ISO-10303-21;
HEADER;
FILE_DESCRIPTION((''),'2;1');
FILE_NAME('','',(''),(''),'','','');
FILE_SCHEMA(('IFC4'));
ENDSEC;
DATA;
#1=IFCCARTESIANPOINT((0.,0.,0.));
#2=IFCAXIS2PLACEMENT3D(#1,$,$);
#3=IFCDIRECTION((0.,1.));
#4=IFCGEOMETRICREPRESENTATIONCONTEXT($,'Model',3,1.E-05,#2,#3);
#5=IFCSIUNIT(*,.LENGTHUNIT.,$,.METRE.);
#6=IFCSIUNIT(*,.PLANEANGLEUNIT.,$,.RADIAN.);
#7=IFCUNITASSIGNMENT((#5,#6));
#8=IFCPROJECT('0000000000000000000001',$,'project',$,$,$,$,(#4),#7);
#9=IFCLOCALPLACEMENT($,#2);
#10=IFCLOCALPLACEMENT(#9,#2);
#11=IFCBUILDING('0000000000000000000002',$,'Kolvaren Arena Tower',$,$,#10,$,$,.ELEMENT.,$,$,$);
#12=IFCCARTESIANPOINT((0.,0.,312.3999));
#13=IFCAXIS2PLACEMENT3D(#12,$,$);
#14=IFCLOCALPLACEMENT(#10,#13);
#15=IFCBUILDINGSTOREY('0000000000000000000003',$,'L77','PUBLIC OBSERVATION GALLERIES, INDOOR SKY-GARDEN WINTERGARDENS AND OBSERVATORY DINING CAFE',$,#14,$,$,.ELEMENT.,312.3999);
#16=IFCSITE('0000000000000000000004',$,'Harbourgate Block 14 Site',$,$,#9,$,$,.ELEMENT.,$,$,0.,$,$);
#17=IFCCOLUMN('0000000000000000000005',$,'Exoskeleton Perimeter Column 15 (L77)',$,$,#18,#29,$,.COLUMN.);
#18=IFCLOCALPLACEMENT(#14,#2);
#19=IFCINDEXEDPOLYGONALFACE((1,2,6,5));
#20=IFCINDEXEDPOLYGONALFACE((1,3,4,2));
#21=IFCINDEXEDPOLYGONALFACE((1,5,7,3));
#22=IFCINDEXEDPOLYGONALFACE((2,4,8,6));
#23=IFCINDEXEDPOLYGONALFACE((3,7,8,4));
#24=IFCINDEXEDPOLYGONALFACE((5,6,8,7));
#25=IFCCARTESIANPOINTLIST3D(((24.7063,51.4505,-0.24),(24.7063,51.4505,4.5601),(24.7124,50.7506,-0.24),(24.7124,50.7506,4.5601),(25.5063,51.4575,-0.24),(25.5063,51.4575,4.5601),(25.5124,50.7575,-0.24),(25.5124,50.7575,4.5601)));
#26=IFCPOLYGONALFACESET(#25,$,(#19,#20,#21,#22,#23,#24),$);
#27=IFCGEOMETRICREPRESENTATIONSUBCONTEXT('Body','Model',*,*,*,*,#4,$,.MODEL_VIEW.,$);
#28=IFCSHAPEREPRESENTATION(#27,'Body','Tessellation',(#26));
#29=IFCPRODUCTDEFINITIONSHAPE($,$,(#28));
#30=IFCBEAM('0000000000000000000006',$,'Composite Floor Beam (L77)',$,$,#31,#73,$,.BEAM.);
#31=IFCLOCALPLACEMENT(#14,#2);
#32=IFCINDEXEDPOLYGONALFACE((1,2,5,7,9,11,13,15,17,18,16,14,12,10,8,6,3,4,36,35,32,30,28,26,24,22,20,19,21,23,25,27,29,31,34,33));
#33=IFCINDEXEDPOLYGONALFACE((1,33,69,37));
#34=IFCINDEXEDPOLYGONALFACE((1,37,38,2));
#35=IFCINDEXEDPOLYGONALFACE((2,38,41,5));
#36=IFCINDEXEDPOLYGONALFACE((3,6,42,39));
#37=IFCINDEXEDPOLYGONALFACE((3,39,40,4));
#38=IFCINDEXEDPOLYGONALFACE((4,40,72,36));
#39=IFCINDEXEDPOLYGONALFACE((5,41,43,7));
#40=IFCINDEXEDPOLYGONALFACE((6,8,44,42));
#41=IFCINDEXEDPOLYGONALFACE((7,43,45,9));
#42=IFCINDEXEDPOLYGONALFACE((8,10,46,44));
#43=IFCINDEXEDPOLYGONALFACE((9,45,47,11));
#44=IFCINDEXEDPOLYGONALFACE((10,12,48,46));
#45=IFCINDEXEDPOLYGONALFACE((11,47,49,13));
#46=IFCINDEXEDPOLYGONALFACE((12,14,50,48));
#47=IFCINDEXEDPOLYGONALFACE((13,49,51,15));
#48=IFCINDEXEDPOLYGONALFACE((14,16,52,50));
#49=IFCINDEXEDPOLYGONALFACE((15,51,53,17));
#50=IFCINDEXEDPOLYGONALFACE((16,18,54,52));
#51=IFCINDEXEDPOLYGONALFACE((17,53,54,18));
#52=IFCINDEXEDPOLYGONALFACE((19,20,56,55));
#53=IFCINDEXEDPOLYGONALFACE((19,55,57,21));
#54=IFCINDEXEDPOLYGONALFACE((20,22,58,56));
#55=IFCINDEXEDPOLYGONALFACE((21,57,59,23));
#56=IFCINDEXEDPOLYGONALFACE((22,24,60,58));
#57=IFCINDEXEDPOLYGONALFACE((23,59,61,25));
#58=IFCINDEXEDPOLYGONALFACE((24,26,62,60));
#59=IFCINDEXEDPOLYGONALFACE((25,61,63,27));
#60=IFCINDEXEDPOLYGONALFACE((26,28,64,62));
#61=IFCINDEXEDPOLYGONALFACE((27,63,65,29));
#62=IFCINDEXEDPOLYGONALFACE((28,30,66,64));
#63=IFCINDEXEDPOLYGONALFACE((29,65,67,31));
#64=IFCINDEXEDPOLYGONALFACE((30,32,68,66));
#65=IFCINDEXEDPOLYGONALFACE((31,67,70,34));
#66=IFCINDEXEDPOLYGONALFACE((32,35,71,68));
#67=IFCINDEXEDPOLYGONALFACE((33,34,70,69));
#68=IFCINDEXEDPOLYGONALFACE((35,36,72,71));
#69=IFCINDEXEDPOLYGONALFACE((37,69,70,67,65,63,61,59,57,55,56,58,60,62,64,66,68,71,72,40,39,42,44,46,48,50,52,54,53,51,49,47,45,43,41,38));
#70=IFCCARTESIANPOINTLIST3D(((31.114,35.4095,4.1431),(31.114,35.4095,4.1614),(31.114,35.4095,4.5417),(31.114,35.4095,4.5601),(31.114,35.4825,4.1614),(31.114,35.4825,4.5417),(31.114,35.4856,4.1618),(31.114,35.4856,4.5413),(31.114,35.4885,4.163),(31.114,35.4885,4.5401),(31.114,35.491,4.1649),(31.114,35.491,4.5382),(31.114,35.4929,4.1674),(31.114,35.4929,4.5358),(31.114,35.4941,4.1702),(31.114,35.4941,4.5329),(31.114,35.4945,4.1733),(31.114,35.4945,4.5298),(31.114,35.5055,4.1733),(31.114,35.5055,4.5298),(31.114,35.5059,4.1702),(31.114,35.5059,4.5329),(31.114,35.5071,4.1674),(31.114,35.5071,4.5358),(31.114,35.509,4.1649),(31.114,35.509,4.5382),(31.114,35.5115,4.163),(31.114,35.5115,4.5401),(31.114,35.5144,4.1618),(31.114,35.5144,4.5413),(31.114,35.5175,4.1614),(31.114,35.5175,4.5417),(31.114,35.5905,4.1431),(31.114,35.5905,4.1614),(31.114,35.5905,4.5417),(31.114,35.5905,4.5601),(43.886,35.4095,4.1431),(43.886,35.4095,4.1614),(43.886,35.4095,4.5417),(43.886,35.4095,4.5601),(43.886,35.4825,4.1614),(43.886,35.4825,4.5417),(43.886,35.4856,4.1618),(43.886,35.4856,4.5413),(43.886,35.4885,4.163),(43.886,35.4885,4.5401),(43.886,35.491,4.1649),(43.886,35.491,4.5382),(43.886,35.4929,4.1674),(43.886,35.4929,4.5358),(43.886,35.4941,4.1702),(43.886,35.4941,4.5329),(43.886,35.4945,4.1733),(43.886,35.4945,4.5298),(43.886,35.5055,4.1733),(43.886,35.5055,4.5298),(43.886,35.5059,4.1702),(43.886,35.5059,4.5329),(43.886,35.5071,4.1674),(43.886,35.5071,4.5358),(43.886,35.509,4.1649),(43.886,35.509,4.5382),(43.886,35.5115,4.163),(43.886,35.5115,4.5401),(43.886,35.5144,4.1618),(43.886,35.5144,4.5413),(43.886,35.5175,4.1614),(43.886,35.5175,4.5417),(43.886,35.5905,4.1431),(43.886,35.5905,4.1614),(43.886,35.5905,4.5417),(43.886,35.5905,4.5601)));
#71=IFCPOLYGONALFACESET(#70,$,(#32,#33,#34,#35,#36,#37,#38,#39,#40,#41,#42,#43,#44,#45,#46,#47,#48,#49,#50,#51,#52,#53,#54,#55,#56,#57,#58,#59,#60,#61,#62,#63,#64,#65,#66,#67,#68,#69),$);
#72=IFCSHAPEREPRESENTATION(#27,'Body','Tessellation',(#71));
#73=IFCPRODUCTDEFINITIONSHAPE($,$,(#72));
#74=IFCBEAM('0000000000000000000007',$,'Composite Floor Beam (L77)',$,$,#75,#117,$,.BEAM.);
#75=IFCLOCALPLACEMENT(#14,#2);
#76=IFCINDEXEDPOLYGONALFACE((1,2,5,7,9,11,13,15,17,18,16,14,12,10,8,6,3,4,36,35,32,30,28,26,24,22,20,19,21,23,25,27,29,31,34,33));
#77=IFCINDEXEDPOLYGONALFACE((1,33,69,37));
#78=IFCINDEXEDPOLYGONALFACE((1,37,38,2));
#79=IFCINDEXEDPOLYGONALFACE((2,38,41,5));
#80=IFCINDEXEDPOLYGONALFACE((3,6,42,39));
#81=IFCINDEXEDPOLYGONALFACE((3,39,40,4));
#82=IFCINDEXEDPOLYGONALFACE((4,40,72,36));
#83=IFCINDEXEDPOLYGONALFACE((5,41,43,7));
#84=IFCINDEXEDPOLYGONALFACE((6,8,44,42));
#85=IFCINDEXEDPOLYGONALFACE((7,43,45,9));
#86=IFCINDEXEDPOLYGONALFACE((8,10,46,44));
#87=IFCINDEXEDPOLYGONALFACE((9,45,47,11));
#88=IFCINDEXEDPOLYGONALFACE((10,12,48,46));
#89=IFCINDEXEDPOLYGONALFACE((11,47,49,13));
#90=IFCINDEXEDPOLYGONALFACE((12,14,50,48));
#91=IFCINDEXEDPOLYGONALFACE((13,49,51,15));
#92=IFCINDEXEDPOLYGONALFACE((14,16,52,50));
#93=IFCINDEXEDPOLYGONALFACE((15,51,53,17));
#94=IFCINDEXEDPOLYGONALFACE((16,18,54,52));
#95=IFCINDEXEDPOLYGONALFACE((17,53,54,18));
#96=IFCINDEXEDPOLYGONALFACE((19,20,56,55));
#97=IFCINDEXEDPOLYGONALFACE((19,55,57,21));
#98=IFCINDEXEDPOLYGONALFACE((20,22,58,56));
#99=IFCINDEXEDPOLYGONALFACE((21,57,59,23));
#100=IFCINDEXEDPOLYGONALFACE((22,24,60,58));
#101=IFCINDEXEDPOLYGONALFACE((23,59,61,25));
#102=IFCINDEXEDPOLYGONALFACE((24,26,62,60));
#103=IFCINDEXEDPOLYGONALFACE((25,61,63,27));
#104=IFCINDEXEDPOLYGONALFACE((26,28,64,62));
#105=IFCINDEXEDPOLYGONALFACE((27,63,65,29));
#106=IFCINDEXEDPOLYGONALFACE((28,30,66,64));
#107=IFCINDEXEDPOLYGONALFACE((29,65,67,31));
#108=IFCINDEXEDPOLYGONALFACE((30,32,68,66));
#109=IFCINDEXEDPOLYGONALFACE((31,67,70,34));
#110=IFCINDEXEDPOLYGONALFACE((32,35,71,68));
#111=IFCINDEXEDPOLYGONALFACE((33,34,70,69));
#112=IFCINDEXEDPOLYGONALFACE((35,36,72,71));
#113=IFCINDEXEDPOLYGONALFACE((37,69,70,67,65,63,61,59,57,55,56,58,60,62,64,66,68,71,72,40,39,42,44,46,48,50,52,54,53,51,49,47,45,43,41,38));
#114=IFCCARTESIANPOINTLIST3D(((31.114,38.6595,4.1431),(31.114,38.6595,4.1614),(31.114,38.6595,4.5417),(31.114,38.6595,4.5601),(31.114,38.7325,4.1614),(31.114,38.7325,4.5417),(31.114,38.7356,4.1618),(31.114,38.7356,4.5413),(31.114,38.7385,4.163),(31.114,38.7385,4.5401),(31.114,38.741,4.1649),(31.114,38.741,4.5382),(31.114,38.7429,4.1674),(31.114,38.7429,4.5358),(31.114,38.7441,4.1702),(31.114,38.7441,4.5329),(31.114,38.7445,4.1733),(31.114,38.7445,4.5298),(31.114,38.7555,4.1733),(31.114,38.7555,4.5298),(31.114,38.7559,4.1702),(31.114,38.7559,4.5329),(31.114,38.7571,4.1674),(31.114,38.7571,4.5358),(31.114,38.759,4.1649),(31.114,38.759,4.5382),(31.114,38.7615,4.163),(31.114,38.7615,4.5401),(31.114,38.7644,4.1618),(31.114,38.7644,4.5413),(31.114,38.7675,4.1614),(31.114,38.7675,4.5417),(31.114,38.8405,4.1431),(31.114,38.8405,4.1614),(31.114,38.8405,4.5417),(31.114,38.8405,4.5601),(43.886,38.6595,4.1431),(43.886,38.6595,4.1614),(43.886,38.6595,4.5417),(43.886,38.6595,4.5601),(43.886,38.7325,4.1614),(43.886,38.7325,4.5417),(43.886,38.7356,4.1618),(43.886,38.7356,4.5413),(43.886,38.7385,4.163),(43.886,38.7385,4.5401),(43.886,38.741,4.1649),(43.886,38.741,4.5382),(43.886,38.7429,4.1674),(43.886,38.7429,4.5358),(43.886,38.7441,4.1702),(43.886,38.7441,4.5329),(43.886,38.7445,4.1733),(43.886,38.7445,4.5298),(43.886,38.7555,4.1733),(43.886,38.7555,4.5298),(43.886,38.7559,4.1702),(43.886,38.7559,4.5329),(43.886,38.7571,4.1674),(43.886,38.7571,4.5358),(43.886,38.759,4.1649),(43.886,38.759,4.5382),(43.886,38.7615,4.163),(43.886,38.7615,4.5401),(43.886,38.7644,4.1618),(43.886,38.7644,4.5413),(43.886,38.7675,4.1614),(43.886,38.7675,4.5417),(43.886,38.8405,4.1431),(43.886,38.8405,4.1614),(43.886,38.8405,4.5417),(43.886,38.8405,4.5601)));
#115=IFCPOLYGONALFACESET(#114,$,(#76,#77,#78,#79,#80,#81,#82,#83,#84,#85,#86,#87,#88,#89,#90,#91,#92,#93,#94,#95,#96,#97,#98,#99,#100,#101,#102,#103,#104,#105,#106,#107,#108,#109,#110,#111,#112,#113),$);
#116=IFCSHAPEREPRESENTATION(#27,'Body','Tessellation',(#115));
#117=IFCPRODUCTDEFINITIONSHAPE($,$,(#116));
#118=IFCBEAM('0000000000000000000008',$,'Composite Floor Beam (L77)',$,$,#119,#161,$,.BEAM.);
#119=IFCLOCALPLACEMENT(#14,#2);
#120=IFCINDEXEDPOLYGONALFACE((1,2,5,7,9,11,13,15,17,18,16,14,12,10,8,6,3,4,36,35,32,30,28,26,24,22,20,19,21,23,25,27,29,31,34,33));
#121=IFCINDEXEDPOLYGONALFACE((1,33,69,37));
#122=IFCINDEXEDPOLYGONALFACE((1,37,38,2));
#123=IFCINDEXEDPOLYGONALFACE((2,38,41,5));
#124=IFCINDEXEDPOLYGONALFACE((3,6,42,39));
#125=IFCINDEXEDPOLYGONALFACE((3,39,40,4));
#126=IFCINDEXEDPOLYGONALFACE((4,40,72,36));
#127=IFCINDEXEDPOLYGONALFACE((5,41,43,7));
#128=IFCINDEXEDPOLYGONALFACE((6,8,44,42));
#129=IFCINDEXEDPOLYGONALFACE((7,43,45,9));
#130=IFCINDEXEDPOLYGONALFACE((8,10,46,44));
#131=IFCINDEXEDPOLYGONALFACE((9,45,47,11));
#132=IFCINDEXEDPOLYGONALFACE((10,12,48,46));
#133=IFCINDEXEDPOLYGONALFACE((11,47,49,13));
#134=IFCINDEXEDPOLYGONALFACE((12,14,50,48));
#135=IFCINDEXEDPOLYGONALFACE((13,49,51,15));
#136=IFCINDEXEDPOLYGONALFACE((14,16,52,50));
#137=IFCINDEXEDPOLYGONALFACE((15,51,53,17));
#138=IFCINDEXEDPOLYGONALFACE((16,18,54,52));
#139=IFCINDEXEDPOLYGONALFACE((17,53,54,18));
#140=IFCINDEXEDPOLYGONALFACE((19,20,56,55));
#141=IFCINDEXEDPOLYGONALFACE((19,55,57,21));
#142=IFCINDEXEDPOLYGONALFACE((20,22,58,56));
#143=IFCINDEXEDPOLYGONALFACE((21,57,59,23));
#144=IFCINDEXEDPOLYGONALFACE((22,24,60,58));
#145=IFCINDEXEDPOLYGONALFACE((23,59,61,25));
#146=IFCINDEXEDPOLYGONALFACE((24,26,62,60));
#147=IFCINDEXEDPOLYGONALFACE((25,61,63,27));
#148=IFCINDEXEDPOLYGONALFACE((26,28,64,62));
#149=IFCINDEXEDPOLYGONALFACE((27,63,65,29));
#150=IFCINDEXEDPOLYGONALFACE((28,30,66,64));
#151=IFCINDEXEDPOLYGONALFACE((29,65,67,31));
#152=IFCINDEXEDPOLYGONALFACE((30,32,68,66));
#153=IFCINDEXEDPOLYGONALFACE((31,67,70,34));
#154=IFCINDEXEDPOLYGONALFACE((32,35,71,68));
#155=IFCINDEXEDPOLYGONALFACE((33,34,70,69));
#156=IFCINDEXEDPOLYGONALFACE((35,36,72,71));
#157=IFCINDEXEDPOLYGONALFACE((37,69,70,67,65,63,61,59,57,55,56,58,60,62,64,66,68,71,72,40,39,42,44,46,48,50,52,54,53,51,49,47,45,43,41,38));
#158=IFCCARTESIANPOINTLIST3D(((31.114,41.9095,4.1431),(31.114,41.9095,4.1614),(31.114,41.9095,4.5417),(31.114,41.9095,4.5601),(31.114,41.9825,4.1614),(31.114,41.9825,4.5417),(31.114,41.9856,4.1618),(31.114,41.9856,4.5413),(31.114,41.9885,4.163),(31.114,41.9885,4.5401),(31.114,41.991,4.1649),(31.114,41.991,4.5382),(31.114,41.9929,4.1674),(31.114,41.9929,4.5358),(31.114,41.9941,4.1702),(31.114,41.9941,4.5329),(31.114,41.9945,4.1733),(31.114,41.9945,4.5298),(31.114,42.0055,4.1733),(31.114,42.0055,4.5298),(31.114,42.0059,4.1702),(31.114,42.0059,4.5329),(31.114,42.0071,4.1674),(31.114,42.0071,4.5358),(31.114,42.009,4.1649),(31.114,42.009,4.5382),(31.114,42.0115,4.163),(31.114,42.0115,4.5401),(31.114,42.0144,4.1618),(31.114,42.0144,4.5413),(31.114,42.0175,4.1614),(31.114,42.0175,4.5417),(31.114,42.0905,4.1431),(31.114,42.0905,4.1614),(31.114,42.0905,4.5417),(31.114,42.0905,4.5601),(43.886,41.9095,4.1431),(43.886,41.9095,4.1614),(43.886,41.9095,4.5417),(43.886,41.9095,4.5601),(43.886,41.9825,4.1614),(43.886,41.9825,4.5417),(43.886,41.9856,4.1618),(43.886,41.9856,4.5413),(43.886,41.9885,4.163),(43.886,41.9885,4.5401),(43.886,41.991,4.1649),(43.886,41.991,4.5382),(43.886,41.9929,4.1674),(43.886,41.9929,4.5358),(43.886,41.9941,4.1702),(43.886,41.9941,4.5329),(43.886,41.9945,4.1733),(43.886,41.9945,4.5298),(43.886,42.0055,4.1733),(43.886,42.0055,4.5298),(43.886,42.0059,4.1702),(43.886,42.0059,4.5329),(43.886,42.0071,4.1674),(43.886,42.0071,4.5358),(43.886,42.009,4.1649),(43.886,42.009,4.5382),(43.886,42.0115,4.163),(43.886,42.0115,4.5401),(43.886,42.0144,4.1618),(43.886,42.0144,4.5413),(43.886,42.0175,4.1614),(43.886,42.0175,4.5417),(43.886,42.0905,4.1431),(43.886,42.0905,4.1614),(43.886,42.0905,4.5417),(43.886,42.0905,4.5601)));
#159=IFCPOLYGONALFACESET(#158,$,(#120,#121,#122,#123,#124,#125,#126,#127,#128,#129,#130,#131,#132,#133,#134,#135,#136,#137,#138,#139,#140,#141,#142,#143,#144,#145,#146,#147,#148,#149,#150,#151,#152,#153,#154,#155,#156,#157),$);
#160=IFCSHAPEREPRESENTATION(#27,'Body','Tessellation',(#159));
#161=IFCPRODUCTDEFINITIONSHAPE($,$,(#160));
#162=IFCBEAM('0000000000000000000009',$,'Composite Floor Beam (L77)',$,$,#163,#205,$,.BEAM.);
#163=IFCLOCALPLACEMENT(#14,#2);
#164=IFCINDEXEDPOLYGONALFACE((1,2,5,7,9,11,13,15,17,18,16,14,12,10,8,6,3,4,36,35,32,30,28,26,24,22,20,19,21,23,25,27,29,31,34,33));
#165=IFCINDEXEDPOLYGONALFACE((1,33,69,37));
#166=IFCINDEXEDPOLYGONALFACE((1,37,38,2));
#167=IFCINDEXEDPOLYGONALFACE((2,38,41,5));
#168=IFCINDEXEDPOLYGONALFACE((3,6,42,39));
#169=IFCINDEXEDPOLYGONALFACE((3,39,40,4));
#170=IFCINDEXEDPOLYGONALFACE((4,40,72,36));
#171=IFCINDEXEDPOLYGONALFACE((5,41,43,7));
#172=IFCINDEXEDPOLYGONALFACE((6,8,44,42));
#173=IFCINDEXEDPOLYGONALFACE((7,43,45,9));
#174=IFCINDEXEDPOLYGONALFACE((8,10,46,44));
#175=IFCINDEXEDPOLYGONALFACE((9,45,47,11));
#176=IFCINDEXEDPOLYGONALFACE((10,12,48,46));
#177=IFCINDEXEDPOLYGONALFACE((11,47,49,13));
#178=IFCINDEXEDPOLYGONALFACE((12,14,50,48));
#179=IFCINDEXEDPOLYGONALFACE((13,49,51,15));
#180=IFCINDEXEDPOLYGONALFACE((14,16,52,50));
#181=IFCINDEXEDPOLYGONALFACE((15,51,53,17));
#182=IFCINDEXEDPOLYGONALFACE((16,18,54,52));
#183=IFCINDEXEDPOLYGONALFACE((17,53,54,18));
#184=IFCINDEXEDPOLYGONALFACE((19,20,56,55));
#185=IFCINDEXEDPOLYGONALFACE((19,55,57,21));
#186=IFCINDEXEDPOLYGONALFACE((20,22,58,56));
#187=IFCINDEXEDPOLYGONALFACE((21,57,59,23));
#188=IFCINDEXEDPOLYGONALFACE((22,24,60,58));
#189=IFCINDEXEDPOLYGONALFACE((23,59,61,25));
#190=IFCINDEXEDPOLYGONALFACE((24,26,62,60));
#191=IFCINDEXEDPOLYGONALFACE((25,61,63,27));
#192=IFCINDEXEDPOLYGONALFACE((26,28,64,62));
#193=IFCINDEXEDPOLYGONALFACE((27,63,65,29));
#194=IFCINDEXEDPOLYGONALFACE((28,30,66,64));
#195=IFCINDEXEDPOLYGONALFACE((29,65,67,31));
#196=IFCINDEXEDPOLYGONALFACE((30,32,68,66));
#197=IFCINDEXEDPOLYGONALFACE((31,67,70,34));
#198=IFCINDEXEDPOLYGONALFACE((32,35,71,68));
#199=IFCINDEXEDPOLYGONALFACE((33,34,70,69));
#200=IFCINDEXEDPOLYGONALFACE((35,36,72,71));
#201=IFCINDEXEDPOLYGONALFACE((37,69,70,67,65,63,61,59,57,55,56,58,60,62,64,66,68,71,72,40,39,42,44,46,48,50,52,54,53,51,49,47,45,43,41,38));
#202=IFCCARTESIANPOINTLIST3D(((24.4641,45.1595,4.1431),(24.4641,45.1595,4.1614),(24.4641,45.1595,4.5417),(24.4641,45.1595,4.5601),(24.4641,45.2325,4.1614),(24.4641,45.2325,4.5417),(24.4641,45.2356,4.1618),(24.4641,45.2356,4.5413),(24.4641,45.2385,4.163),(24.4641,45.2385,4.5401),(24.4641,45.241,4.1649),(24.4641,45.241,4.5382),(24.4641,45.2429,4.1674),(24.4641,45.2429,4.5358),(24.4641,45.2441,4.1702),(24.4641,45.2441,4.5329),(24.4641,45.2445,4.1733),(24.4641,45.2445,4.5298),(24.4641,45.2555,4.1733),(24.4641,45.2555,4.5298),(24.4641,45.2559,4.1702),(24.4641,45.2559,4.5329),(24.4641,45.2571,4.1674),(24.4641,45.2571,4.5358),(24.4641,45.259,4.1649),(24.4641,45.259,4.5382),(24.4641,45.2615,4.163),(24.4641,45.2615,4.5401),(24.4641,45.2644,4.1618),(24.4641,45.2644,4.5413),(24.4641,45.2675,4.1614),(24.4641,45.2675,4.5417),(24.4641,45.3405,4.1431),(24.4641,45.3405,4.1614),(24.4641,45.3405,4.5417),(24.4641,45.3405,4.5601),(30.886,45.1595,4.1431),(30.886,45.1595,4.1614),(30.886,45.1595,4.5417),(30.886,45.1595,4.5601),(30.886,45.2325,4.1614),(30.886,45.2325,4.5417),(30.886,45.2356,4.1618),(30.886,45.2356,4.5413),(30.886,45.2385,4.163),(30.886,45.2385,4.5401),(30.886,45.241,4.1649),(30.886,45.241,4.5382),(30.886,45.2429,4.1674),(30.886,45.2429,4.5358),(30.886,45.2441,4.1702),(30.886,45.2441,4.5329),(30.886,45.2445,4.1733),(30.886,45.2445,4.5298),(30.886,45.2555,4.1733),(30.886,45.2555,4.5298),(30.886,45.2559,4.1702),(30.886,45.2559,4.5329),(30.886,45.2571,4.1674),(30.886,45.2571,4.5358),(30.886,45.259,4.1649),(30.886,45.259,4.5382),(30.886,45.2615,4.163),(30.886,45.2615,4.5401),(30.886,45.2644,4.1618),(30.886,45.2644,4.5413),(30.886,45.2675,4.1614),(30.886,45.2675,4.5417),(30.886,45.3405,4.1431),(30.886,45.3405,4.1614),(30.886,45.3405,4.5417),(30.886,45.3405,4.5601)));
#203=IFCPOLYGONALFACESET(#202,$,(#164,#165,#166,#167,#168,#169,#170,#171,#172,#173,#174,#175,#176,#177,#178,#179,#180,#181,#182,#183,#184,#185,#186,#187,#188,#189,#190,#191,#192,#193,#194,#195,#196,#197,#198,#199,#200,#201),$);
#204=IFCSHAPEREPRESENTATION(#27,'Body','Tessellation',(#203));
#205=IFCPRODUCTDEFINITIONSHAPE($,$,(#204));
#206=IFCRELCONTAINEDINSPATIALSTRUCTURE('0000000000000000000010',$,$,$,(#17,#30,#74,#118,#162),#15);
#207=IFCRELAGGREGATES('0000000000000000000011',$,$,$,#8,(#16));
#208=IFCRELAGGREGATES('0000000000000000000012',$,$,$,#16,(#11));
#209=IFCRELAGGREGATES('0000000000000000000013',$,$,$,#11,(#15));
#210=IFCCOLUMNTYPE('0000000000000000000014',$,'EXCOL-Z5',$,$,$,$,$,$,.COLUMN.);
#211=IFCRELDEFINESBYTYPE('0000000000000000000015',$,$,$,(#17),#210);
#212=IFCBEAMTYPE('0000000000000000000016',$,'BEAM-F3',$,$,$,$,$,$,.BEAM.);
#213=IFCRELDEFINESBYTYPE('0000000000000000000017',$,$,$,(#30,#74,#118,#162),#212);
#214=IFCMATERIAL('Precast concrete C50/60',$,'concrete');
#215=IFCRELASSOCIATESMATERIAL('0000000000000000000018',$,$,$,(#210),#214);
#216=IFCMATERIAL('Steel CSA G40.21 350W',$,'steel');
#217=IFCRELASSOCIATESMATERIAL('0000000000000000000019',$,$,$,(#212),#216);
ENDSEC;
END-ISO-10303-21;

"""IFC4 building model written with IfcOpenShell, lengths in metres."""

from ifc_helpers import new_model, si_unit, direction, frame, origin, origin_2d, place, context, subcontext, project, spatial, rectangle, i_section, extrude, material, material_profile, profile_set, type_object, element, save


model = new_model("IFC4")

# Units and contexts
model_context = context("Model", 3, precision=1e-05, world=origin(), true_north=direction((0.0, 1.0)))
body_context = subcontext(model_context, "Body", "Model", "MODEL_VIEW")
ifc_project = project(units=[si_unit("LENGTHUNIT", "METRE"), si_unit("PLANEANGLEUNIT", "RADIAN")], contexts=[model_context])

# Site, building, storey
site_placement = place(None, origin())
site = spatial("IfcSite", under=ifc_project, at=site_placement, Name="Harbourgate Block 14 Site", CompositionType="ELEMENT", RefElevation=0.0)
building_placement = place(site_placement, origin())
building = spatial("IfcBuilding", under=site, at=building_placement, Name="Kolvaren Arena Tower", CompositionType="ELEMENT")
storey_placement = place(building_placement, frame((0.0, 0.0, 312.3999)))
storey = spatial("IfcBuildingStorey", under=building, at=storey_placement, Name="L77", Description="PUBLIC OBSERVATION GALLERIES, INDOOR SKY-GARDEN WINTERGARDENS AND OBSERVATORY DINING CAFE", CompositionType="ELEMENT", Elevation=312.3999)

# Column
ifc_material_1 = material(Name="Precast concrete C50/60", Category="concrete")
ifc_material_profile_1 = material_profile(ifc_material_1, rectangle(XDim=0.8, YDim=0.7, at=origin_2d()), Name="RC-800x700")
ifc_profile_set_1 = profile_set([ifc_material_profile_1], Name="Precast concrete C50/60")
column_type = type_object("IfcColumnType", Name="EXCOL-Z5", PredefinedType="COLUMN", material=ifc_profile_set_1)
column_placement = place(storey_placement, frame((25.1094, 51.104, -0.24), z_axis=(0.0, 0.0, 1.0), x_axis=(0.999962, 0.008727, 0.0)))
element("IfcColumn", 1, at=column_placement, inside=storey, type_object=column_type, Name="Exoskeleton Perimeter Column 15 (L77)", PredefinedType="COLUMN", context=body_context, shape_type="SweptSolid", body=[
    extrude(rectangle(XDim=0.8, YDim=0.7, at=origin_2d()), origin(), (0.0, 0.0, 1.0), 4.8),
])

# Beams
ifc_material_2 = material(Name="Steel CSA G40.21 350W", Category="steel")
ifc_material_profile_2 = material_profile(ifc_material_2, i_section(OverallWidth=0.1809, OverallDepth=0.417, WebThickness=0.011, FlangeThickness=0.0183, FilletRadius=0.012, at=origin_2d()), Name="W410x85")
ifc_profile_set_2 = profile_set([ifc_material_profile_2], Name="Steel CSA G40.21 350W")
beam_type_1 = type_object("IfcBeamType", Name="BEAM-F3", PredefinedType="BEAM", material=ifc_profile_set_2)
for number, where, z_axis, x_axis, name in (
    (2, (31.114, 35.5, 4.3516), (1.0, 0.0, 0.0), (0.0, 1.0, 0.0), "Composite Floor Beam (L77)"),
    (3, (31.114, 38.75, 4.3516), (1.0, 0.0, 0.0), (0.0, 1.0, 0.0), "Composite Floor Beam (L77)"),
    (4, (31.114, 42.0, 4.3516), (1.0, 0.0, 0.0), (0.0, 1.0, 0.0), "Composite Floor Beam (L77)"),
):
    element("IfcBeam", number, at=place(storey_placement, frame(where, z_axis=z_axis, x_axis=x_axis)), inside=storey, type_object=beam_type_1, Name=name, PredefinedType="BEAM", context=body_context, shape_type="SweptSolid", body=[
        extrude(i_section(OverallWidth=0.1809, OverallDepth=0.417, WebThickness=0.011, FlangeThickness=0.0183, FilletRadius=0.012, at=origin_2d()), origin(), (0.0, 0.0, 1.0), 12.772),
    ])
beam_1_placement = place(storey_placement, frame((24.4641, 45.25, 4.3516), z_axis=(1.0, 0.0, 0.0), x_axis=(0.0, 1.0, 0.0)))
element("IfcBeam", 5, at=beam_1_placement, inside=storey, type_object=beam_type_1, Name="Composite Floor Beam (L77)", PredefinedType="BEAM", context=body_context, shape_type="SweptSolid", body=[
    extrude(i_section(OverallWidth=0.1809, OverallDepth=0.417, WebThickness=0.011, FlangeThickness=0.0183, FilletRadius=0.012, at=origin_2d()), origin(), (0.0, 0.0, 1.0), 6.4219),
])

save(model, "model.ifc")
